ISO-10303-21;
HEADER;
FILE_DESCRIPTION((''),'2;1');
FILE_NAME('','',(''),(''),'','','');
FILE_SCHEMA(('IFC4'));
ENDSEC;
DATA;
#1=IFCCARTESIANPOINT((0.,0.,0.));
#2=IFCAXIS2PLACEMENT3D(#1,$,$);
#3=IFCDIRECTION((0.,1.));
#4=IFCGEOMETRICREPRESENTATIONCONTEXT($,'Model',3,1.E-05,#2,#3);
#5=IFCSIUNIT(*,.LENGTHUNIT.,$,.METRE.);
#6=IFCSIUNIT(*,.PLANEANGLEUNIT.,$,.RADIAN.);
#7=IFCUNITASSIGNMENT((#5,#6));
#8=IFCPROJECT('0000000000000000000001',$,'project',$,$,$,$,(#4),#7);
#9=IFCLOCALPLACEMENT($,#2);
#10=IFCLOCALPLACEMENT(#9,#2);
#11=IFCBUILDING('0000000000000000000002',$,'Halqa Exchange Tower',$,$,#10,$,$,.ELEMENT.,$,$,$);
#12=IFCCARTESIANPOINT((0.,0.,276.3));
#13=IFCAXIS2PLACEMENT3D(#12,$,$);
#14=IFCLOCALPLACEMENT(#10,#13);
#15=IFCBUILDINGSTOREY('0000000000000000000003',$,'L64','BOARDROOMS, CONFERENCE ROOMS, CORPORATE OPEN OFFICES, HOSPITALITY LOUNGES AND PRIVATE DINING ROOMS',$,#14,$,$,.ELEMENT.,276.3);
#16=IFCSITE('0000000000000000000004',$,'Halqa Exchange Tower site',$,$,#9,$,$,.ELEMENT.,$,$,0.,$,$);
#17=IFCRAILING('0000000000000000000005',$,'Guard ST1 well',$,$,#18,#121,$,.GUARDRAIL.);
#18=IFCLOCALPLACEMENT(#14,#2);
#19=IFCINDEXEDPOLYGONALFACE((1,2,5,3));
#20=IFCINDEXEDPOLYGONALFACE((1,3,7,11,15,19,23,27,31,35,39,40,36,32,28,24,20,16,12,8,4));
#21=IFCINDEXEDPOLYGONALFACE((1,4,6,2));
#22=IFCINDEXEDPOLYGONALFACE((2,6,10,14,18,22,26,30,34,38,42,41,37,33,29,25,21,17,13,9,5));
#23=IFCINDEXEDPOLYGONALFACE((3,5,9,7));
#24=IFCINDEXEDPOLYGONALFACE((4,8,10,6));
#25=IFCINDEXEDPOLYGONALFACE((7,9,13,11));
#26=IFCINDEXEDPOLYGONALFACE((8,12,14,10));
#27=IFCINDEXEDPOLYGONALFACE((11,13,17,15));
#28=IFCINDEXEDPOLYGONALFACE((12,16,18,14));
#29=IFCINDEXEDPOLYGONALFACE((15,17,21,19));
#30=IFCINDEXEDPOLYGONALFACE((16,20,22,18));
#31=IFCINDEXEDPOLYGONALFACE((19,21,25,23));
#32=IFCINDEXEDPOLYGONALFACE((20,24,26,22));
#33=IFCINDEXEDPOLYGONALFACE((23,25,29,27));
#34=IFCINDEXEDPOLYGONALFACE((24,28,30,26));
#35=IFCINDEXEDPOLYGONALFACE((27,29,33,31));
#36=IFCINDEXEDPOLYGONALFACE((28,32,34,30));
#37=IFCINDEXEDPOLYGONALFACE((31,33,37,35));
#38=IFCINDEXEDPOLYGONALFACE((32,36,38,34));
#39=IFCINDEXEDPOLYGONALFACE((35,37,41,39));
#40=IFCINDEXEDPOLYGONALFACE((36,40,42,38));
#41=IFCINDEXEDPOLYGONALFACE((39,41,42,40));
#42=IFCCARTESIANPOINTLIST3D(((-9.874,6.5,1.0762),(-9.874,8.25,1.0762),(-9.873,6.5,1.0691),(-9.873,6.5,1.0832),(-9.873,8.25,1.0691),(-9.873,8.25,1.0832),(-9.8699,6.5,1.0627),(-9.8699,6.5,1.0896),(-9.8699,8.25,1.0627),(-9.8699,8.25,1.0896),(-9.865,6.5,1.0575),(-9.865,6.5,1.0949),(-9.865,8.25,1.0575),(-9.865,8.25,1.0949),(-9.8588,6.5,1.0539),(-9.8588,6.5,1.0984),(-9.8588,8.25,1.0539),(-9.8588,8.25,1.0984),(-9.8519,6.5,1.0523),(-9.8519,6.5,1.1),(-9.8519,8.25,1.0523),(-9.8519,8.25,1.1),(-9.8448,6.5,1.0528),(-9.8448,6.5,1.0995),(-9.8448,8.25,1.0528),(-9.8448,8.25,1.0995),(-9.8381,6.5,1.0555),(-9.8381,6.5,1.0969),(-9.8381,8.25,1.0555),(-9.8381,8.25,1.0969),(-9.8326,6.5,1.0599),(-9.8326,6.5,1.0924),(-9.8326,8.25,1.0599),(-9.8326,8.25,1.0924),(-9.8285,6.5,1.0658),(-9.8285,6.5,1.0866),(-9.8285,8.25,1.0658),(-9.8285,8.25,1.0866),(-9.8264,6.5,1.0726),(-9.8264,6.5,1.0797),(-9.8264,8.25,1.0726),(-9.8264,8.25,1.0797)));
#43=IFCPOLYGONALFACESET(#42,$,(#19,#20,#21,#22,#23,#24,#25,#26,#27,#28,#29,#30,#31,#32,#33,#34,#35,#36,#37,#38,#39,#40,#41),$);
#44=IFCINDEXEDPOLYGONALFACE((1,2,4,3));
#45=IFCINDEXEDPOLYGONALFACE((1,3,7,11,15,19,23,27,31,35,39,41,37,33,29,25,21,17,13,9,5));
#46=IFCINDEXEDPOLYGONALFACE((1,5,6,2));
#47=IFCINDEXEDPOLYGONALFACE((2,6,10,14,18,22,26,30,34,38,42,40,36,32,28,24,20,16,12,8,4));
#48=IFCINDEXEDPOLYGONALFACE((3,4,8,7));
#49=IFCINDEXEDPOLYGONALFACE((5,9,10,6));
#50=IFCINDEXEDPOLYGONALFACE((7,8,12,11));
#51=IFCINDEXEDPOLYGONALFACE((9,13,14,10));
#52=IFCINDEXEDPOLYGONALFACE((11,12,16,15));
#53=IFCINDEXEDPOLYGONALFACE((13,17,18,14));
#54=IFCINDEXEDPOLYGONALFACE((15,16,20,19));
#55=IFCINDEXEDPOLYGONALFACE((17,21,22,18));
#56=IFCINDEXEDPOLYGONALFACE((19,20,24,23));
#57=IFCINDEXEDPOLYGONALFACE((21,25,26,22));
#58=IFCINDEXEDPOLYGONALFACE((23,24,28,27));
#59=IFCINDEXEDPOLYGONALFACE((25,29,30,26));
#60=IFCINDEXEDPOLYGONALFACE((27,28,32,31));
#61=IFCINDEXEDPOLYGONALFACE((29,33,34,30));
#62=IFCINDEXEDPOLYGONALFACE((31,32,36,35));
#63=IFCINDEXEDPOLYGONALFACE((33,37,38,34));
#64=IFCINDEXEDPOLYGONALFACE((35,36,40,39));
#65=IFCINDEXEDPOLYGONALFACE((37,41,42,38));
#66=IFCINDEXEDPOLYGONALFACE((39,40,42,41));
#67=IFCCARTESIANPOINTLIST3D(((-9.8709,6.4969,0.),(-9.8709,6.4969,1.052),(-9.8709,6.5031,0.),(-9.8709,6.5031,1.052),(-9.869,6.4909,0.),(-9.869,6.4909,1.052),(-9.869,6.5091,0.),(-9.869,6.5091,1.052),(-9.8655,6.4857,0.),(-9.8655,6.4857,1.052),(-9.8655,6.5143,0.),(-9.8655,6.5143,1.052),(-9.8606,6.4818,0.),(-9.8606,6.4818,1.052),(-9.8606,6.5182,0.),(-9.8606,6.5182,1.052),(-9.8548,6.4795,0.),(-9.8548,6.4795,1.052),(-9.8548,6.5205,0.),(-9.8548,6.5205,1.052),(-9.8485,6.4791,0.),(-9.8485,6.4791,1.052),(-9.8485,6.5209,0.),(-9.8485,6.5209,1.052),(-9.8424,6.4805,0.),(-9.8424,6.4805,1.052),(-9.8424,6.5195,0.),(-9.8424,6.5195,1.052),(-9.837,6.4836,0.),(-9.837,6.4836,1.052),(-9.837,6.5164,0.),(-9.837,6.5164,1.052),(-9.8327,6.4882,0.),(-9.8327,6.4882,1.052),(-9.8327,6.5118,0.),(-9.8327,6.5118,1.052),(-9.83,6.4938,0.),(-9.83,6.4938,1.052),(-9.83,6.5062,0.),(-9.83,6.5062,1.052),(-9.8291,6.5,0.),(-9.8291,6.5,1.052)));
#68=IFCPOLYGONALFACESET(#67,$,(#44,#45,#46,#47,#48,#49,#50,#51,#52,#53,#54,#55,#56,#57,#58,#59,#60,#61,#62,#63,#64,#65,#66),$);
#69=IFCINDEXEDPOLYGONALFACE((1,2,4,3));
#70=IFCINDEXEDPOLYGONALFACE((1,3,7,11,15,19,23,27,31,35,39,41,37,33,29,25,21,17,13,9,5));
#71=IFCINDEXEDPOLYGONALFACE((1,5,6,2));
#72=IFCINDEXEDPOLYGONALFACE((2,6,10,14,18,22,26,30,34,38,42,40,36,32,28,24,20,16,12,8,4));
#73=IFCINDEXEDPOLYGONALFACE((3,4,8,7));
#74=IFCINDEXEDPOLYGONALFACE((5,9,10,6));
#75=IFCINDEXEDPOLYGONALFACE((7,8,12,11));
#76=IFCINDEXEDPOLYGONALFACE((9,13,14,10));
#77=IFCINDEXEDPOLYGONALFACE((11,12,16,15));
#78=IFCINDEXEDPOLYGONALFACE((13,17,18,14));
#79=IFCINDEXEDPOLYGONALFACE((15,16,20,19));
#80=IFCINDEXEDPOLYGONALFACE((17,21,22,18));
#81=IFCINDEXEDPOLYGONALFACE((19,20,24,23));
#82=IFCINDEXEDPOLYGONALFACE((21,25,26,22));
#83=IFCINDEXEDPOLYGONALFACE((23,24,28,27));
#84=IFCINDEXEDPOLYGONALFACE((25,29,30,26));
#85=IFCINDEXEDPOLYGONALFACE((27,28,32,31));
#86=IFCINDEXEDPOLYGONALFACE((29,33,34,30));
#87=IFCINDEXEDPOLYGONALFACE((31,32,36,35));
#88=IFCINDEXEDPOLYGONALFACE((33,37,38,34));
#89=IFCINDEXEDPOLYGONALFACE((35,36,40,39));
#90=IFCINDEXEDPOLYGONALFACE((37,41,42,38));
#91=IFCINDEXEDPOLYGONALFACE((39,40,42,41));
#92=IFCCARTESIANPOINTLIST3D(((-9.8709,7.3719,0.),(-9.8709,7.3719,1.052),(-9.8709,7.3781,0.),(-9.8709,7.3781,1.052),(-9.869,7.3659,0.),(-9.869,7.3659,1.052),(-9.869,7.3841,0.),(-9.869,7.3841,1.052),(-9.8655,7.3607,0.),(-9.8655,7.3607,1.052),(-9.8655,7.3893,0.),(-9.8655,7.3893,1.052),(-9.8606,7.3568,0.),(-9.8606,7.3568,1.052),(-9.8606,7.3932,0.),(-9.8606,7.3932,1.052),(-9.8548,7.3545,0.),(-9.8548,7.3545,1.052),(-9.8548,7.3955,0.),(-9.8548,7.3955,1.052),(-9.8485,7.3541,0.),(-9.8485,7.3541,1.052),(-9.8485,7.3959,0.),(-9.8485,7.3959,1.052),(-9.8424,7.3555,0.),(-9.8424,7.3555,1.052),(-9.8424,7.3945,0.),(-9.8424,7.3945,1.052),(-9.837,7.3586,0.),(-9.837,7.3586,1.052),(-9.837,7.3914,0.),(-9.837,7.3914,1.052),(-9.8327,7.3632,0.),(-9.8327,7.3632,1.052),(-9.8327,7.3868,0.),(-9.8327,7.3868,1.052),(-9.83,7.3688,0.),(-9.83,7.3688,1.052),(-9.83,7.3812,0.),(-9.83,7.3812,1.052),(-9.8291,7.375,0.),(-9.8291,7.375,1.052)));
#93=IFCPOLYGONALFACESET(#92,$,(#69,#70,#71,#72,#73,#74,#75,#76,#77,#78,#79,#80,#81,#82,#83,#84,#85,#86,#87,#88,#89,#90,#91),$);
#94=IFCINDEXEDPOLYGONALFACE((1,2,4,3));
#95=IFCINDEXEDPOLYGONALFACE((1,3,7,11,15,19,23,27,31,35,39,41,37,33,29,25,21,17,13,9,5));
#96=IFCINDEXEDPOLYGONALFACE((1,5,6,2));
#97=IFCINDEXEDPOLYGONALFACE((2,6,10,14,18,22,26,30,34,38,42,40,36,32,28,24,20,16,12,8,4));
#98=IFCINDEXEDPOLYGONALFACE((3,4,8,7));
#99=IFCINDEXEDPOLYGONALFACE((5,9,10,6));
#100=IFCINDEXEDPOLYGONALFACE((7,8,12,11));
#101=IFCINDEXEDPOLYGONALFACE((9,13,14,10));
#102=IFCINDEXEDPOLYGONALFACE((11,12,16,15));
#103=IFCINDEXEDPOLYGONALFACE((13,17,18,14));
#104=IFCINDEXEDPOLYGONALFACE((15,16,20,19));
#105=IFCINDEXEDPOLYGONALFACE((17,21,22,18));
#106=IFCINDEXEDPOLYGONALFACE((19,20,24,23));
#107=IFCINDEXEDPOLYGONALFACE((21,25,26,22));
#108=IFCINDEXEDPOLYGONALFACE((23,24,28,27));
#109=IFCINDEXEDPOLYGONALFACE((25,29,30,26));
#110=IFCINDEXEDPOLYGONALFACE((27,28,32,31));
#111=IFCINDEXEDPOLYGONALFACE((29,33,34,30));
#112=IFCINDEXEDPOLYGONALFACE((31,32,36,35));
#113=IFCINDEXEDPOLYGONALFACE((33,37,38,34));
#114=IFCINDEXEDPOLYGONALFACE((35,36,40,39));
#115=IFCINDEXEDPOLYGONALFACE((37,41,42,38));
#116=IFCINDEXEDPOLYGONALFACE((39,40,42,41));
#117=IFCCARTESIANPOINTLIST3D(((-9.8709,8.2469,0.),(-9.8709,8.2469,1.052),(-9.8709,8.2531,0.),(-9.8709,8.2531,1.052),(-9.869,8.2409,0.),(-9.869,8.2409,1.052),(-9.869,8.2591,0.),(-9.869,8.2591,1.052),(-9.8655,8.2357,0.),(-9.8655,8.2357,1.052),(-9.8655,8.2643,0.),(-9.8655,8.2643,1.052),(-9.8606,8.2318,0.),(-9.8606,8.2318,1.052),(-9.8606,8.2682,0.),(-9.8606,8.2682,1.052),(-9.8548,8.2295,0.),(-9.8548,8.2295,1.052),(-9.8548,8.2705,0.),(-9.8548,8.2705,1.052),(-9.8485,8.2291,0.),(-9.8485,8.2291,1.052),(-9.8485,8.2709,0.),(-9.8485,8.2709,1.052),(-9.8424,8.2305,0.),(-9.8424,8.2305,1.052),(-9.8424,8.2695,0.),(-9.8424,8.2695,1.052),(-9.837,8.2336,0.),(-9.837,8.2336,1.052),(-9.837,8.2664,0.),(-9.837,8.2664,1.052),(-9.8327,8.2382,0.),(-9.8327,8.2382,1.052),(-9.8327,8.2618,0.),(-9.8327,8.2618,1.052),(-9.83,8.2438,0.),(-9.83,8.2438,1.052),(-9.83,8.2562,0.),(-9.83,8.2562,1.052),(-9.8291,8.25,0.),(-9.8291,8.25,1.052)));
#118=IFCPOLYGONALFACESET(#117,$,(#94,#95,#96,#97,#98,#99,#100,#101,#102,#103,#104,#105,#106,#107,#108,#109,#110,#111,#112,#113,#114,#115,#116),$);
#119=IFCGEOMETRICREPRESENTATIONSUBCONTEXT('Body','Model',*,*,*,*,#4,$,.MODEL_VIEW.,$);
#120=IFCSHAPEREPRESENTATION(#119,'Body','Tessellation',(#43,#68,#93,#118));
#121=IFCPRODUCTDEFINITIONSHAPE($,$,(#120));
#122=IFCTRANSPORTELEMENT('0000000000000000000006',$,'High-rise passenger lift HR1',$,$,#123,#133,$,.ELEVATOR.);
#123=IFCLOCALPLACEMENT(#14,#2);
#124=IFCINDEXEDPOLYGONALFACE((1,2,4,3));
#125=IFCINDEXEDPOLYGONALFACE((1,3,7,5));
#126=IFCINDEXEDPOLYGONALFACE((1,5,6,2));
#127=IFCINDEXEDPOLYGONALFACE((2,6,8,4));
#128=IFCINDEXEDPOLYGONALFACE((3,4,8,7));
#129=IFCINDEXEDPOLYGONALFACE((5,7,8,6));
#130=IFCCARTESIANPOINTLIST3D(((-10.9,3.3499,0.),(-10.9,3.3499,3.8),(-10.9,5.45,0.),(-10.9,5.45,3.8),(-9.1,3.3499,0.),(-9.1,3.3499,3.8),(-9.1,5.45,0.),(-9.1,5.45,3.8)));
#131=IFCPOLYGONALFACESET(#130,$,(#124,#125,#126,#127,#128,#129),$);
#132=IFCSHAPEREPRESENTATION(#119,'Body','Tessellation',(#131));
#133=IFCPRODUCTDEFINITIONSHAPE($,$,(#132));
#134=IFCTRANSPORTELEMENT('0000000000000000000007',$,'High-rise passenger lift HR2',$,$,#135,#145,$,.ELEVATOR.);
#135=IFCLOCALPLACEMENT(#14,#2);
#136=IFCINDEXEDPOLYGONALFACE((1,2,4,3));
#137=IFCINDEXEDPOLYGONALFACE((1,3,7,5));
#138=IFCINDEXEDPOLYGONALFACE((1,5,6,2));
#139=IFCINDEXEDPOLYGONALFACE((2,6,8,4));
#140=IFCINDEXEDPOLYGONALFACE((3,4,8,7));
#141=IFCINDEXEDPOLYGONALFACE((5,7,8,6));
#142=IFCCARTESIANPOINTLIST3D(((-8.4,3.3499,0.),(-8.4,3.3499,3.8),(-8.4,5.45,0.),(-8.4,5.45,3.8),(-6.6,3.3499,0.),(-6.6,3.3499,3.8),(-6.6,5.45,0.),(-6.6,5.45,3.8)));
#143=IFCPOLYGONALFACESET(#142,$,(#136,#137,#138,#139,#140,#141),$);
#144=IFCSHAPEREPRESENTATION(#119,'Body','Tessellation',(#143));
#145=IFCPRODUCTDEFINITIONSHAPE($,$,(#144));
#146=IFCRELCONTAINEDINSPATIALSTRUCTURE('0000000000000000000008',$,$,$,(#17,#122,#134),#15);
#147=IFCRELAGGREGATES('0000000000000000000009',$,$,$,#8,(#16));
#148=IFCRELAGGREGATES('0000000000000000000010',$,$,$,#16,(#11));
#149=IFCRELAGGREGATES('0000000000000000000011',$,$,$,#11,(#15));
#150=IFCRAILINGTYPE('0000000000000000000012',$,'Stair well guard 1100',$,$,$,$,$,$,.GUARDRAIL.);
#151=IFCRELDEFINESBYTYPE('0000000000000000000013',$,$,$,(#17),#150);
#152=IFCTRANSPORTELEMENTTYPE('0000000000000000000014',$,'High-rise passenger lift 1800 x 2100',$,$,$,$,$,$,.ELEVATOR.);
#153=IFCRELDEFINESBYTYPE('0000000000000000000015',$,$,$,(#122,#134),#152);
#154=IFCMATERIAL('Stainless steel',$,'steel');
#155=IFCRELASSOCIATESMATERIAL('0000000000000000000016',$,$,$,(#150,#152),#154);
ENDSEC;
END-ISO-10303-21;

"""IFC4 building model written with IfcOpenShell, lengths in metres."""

from ifc_helpers import new_model, si_unit, direction, frame, origin, origin_2d, place, context, subcontext, project, spatial, rectangle, circle, extrude, material, type_object, element, save


model = new_model("IFC4")

# Units and contexts
model_context = context("Model", 3, precision=1e-05, world=origin(), true_north=direction((0.0, 1.0)))
body_context = subcontext(model_context, "Body", "Model", "MODEL_VIEW")
ifc_project = project(units=[si_unit("LENGTHUNIT", "METRE"), si_unit("PLANEANGLEUNIT", "RADIAN")], contexts=[model_context])

# Site, building, storey
site_placement = place(None, origin())
site = spatial("IfcSite", under=ifc_project, at=site_placement, Name="Halqa Exchange Tower site", CompositionType="ELEMENT", RefElevation=0.0)
building_placement = place(site_placement, origin())
building = spatial("IfcBuilding", under=site, at=building_placement, Name="Halqa Exchange Tower", CompositionType="ELEMENT")
storey_placement = place(building_placement, frame((0.0, 0.0, 276.3)))
storey = spatial("IfcBuildingStorey", under=building, at=storey_placement, Name="L64", Description="BOARDROOMS, CONFERENCE ROOMS, CORPORATE OPEN OFFICES, HOSPITALITY LOUNGES AND PRIVATE DINING ROOMS", CompositionType="ELEMENT", Elevation=276.3)

# Shared definitions
ifc_material_1 = material(Name="Stainless steel", Category="steel")

# Railing
railing_type_1 = type_object("IfcRailingType", Name="Stair well guard 1100", PredefinedType="GUARDRAIL", material=ifc_material_1)
railing_1_placement = place(storey_placement, frame((-9.8501, 6.5, 0.0)))
element("IfcRailing", 1, at=railing_1_placement, inside=storey, type_object=railing_type_1, Name="Guard ST1 well", PredefinedType="GUARDRAIL", context=body_context, shape_type="SweptSolid", body=[
    extrude(circle(Radius=0.0239, at=origin_2d()), frame((0.0, 0.0, 1.0762), z_axis=(0.0, 1.0, 0.0), x_axis=(-1.0, 0.0, 0.0)), (0.0, 0.0, 1.0), 1.75),
    extrude(circle(Radius=0.021, at=origin_2d()), origin(), (0.0, 0.0, 1.0), 1.052),
    extrude(circle(Radius=0.021, at=origin_2d()), frame((0.0, 0.875, 0.0)), (0.0, 0.0, 1.0), 1.052),
    extrude(circle(Radius=0.021, at=origin_2d()), frame((0.0, 1.75, 0.0)), (0.0, 0.0, 1.0), 1.052),
])

# Transport elements
transport_element_type = type_object("IfcTransportElementType", Name="High-rise passenger lift 1800 x 2100", PredefinedType="ELEVATOR", material=ifc_material_1)
for number, where, z_axis, x_axis, name in (
    (2, (-10.0, 4.3999, 0.0), (0.0, 0.0, 1.0), (1.0, 0.0, 0.0), "High-rise passenger lift HR1"),
    (3, (-7.5, 4.3999, 0.0), (0.0, 0.0, 1.0), (1.0, 0.0, 0.0), "High-rise passenger lift HR2"),
):
    element("IfcTransportElement", number, at=place(storey_placement, frame(where, z_axis=z_axis, x_axis=x_axis)), inside=storey, type_object=transport_element_type, Name=name, PredefinedType="ELEVATOR", context=body_context, shape_type="SweptSolid", body=[
        extrude(rectangle(XDim=1.8, YDim=2.1001, at=origin_2d()), origin(), (0.0, 0.0, 1.0), 3.8),
    ])

save(model, "model.ifc")
